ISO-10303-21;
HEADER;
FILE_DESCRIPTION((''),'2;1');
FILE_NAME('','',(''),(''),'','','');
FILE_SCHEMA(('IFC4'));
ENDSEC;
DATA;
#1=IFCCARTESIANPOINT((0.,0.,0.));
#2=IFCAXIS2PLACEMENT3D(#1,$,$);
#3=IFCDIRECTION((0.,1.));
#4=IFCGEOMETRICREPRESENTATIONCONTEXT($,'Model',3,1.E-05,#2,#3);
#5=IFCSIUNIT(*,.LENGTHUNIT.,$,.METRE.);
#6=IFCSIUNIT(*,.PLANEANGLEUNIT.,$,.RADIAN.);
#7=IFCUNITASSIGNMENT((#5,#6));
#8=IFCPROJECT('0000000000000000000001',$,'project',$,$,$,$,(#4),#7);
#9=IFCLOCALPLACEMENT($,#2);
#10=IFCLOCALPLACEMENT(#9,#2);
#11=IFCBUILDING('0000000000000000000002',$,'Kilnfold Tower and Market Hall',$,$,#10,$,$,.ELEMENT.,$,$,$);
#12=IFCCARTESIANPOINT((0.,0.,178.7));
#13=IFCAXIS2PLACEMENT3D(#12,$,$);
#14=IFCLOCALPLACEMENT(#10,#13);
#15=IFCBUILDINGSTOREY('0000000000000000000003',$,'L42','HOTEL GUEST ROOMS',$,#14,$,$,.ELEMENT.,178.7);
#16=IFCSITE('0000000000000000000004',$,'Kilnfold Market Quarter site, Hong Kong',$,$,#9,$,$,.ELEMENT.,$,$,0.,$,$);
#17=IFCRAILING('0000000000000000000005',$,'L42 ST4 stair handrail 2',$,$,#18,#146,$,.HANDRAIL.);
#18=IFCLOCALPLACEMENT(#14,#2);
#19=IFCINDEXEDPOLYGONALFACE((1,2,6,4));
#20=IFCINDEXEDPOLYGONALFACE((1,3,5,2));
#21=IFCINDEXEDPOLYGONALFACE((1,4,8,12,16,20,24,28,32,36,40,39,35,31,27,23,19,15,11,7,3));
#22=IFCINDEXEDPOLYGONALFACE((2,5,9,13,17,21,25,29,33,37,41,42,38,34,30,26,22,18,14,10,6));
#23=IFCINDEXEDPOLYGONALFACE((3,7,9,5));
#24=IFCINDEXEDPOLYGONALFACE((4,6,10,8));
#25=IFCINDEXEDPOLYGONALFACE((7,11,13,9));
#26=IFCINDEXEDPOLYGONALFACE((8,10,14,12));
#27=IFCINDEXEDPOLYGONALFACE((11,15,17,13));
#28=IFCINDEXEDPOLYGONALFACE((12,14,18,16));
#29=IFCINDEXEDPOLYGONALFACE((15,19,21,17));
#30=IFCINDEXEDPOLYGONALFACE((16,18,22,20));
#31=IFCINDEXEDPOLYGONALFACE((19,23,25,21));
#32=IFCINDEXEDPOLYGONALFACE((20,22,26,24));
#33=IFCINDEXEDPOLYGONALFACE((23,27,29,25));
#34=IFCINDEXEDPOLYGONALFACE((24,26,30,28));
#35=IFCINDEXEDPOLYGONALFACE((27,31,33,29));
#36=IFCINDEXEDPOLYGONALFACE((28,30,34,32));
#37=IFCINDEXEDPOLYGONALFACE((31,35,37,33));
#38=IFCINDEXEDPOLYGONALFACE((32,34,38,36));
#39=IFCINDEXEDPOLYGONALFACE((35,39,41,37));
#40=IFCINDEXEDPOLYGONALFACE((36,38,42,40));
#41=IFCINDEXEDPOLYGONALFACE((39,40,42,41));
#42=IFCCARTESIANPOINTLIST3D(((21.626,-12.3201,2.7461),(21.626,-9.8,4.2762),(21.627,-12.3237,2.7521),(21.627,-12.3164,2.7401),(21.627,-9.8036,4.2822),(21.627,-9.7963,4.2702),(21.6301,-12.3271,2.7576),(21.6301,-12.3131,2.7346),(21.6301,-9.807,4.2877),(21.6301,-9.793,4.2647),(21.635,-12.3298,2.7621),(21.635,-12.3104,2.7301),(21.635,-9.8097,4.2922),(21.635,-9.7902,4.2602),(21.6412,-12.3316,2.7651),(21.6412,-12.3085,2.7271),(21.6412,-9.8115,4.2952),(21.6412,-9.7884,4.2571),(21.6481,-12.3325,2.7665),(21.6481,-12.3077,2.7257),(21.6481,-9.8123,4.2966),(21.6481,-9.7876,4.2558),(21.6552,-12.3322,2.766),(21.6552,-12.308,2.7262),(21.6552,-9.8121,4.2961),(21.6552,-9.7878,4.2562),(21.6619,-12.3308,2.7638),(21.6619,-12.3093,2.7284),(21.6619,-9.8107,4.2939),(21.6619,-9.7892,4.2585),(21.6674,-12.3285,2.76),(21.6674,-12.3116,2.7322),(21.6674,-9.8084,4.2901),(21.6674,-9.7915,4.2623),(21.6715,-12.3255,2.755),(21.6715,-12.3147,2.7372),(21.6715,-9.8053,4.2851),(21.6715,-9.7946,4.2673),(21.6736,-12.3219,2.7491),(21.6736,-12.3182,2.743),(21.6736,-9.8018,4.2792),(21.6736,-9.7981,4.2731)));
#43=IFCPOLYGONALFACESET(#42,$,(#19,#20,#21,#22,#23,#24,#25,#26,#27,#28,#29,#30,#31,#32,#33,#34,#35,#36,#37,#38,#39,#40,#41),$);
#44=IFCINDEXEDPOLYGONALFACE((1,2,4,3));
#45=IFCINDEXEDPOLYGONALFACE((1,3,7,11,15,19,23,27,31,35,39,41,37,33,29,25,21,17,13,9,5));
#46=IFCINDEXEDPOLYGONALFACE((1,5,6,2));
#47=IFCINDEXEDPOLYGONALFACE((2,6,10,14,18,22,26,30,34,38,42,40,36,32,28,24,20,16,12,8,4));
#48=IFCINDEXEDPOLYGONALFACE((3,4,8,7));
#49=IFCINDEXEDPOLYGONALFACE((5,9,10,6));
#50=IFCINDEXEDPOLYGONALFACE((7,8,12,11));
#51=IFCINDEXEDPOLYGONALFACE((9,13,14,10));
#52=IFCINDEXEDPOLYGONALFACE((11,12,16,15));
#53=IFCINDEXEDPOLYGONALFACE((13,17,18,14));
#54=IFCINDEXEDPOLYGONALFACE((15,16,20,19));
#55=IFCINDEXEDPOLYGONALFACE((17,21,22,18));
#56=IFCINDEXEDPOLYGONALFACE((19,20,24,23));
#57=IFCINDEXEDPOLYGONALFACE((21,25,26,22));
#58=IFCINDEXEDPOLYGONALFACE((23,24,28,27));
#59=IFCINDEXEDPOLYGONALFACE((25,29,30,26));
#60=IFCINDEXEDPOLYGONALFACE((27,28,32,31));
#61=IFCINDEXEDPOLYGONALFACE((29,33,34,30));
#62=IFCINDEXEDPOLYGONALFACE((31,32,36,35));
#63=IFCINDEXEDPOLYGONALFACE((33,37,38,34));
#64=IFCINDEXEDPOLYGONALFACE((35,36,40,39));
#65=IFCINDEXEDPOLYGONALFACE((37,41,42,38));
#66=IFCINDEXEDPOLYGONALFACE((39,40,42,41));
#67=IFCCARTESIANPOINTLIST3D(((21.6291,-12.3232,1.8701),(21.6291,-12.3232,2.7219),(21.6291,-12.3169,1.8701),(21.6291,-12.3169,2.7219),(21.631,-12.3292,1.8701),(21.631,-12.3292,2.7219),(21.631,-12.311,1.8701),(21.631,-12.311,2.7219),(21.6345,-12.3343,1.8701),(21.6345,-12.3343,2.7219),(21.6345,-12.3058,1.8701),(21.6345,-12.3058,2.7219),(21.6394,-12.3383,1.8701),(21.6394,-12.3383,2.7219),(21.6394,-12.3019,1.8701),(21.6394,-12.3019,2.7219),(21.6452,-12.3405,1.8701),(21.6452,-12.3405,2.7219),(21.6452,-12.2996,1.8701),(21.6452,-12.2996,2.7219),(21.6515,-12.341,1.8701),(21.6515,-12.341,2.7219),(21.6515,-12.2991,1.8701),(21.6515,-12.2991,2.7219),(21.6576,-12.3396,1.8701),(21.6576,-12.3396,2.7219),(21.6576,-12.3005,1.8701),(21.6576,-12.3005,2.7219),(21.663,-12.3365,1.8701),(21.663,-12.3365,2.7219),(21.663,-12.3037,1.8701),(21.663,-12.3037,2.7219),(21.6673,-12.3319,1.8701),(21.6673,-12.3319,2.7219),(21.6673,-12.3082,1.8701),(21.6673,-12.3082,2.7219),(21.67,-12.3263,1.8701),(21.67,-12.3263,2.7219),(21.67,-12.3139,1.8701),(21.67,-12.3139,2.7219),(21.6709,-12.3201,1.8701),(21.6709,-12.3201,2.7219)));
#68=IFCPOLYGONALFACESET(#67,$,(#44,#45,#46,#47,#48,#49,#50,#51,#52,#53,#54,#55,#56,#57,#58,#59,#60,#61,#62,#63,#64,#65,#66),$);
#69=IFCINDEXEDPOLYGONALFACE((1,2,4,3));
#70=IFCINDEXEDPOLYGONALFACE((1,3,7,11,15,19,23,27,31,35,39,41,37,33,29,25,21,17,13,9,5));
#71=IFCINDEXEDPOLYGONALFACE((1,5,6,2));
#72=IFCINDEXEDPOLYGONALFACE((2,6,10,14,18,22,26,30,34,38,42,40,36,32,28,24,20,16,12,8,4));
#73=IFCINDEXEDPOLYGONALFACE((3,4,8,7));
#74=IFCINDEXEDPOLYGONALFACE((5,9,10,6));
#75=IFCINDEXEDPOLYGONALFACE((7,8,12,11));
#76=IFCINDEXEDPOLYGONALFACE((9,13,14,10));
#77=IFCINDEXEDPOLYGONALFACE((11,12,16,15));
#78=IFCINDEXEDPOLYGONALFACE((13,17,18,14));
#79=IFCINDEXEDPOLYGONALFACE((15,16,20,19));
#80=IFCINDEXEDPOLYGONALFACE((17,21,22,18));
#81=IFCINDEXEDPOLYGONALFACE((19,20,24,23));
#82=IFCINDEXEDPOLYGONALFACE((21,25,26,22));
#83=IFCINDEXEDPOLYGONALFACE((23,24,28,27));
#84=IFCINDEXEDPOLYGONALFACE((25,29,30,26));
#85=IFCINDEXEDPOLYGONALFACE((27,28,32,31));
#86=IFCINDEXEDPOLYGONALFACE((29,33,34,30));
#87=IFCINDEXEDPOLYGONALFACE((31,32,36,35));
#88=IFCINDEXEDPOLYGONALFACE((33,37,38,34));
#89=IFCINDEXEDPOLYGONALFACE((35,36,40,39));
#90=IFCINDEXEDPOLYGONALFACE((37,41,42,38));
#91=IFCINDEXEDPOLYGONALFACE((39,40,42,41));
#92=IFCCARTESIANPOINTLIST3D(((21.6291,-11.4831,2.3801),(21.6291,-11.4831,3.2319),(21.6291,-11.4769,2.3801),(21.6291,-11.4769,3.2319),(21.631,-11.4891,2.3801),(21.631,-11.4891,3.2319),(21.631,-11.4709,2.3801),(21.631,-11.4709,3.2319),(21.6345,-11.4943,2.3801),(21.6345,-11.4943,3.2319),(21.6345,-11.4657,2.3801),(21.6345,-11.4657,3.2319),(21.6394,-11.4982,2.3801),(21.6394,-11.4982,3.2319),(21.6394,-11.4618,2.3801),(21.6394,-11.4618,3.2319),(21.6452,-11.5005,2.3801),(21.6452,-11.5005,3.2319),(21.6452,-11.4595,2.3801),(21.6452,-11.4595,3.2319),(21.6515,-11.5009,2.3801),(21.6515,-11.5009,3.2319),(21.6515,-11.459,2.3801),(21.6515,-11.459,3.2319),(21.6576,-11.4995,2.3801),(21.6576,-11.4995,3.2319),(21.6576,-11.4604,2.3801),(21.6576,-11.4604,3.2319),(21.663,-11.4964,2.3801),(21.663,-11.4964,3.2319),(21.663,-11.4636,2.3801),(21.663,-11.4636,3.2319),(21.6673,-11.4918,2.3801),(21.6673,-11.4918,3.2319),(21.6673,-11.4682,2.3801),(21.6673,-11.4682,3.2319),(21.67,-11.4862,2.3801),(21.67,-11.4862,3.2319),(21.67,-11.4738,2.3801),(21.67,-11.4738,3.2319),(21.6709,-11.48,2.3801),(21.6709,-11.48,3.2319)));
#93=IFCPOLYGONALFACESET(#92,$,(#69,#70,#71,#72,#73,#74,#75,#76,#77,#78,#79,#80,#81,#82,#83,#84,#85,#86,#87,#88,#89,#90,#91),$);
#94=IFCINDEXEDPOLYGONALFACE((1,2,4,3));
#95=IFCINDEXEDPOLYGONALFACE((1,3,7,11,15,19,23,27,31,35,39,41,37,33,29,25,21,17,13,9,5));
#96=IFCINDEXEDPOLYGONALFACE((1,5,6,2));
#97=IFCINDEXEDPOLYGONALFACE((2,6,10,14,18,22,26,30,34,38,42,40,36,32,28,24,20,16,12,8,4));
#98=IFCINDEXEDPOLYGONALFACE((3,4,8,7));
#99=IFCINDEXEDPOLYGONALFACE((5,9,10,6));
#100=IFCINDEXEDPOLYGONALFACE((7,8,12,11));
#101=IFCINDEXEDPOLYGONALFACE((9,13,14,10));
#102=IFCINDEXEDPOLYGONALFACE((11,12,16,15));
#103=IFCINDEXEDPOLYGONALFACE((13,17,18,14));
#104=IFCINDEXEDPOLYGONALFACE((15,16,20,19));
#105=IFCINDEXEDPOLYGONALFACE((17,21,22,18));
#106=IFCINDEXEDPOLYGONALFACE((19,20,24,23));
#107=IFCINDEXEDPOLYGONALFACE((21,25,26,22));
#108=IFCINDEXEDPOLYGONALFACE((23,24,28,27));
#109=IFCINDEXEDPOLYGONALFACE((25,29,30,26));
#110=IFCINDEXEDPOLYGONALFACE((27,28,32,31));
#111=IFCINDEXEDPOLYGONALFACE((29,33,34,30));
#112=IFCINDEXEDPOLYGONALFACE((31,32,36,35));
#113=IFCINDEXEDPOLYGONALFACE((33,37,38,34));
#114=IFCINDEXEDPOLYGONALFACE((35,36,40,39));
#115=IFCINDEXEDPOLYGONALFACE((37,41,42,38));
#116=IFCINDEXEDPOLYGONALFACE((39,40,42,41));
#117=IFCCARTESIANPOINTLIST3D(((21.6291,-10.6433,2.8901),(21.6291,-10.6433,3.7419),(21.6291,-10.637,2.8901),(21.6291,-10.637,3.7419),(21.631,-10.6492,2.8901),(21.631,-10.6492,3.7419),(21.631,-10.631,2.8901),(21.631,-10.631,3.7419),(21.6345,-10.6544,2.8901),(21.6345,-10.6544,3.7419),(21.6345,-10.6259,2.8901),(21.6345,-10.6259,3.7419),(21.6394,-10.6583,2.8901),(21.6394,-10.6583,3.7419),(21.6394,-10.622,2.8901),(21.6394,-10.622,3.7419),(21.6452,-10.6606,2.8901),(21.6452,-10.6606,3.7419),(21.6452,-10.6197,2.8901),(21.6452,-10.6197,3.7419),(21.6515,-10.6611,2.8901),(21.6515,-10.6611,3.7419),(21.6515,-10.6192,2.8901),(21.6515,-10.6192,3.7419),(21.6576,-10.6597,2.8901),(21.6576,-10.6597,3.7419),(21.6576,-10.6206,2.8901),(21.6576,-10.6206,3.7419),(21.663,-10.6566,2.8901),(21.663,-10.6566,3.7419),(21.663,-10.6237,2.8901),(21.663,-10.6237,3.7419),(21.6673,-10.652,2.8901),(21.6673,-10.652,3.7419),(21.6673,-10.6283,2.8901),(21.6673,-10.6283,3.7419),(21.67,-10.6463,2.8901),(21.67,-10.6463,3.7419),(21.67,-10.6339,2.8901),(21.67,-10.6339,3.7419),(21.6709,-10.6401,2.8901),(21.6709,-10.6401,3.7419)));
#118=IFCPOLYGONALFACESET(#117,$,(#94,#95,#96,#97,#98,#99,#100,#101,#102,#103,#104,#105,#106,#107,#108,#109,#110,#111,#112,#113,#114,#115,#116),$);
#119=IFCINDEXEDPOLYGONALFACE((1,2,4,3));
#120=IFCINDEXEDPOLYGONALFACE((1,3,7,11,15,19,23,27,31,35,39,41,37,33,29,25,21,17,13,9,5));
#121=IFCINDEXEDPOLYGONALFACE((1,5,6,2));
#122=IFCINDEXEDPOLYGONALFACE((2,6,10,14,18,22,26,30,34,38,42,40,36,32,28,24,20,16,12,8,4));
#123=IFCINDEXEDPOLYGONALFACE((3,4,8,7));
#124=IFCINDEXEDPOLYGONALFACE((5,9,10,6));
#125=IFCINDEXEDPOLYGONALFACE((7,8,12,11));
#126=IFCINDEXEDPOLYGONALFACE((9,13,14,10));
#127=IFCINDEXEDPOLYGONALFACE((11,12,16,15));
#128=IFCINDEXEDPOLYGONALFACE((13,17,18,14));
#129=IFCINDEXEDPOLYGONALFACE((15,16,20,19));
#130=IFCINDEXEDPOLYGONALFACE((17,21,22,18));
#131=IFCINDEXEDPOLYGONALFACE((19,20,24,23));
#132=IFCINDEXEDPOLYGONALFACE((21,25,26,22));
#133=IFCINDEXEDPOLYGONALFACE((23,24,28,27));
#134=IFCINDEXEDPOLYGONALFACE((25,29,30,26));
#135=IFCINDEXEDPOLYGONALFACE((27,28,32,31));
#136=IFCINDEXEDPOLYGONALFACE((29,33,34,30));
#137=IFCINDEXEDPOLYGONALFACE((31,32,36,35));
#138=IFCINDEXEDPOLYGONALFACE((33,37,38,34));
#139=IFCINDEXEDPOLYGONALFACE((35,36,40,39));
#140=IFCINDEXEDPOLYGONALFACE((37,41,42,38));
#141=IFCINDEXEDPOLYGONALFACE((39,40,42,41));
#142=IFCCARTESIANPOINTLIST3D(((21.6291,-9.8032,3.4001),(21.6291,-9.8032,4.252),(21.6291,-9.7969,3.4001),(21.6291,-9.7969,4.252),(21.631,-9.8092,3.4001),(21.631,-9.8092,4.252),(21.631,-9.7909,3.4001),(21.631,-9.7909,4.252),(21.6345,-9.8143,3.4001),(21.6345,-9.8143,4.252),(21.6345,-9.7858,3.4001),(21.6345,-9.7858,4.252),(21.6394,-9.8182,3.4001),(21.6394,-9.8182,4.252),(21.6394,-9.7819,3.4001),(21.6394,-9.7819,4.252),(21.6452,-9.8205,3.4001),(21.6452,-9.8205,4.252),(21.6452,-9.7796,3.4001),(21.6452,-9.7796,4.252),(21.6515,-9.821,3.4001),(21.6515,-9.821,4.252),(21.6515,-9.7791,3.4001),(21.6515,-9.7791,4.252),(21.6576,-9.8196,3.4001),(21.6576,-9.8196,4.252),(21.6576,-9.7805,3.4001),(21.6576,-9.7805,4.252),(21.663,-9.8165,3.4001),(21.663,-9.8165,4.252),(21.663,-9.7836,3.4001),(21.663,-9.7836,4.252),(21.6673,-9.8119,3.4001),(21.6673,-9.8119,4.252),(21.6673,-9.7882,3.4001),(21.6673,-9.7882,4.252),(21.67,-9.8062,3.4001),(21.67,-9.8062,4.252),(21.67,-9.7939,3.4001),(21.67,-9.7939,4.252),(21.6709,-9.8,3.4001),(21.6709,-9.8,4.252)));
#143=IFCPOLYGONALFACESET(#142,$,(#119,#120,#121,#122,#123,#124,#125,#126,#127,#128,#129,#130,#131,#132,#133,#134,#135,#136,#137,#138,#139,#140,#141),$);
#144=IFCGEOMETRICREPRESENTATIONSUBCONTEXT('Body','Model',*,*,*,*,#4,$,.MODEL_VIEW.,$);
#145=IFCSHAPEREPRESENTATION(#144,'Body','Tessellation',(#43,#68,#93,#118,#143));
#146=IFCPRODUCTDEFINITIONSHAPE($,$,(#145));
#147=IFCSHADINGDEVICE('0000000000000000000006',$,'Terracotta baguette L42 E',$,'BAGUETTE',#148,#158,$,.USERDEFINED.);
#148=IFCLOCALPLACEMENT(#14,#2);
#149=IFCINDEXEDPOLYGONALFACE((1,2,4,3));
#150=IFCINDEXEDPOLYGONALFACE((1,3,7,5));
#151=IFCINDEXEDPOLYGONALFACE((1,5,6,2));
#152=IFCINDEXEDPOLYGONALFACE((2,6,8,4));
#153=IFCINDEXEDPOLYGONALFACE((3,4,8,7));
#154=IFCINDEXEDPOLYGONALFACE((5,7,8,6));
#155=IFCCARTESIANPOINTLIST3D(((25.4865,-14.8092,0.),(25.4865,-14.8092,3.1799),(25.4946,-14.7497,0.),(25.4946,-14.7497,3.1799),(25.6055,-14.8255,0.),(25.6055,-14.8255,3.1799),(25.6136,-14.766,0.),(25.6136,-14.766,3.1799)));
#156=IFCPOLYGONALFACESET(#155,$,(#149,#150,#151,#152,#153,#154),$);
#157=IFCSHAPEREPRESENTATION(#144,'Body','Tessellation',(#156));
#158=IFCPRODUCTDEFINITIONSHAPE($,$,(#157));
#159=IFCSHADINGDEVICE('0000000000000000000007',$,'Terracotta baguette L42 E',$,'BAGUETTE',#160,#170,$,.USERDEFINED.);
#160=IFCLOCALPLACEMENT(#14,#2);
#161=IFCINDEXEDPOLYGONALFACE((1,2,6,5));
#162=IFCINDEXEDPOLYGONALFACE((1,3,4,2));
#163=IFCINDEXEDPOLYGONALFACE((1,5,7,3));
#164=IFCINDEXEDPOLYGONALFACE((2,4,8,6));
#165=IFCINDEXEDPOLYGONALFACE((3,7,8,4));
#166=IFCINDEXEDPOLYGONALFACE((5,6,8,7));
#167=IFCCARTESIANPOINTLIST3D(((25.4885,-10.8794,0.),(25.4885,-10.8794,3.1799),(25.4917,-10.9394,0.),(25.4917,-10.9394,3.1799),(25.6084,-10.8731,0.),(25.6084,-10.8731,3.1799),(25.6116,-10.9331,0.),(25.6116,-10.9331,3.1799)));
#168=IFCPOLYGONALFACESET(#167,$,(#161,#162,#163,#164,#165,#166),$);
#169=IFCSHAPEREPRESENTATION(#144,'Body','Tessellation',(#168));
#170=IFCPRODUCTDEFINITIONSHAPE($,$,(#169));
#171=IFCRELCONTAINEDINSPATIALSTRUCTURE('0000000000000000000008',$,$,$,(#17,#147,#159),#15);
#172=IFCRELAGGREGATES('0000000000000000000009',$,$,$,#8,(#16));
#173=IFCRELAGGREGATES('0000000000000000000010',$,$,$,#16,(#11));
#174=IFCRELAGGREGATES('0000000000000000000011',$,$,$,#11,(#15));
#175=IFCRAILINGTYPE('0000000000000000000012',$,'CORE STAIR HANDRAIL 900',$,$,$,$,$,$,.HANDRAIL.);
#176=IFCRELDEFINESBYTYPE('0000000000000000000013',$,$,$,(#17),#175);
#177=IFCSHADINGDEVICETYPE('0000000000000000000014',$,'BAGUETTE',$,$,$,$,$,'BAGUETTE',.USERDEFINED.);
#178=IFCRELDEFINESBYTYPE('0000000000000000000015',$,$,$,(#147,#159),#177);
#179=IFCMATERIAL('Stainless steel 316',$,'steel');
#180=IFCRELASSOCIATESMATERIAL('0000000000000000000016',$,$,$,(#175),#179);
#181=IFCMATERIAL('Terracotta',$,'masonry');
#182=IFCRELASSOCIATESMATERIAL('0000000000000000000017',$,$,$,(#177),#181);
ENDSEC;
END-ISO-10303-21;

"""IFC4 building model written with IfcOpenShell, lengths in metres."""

from ifc_helpers import new_model, si_unit, direction, frame, origin, origin_2d, place, context, subcontext, project, spatial, rectangle, circle, extrude, source, transform, mapped, material, material_profile, profile_set, type_object, element, save


model = new_model("IFC4")

# Units and contexts
model_context = context("Model", 3, precision=1e-05, world=origin(), true_north=direction((0.0, 1.0)))
body_context = subcontext(model_context, "Body", "Model", "MODEL_VIEW")
ifc_project = project(units=[si_unit("LENGTHUNIT", "METRE"), si_unit("PLANEANGLEUNIT", "RADIAN")], contexts=[model_context])

# Site, building, storey
site_placement = place(None, origin())
site = spatial("IfcSite", under=ifc_project, at=site_placement, Name="Kilnfold Market Quarter site, Hong Kong", CompositionType="ELEMENT", RefElevation=0.0)
building_placement = place(site_placement, origin())
building = spatial("IfcBuilding", under=site, at=building_placement, Name="Kilnfold Tower and Market Hall", CompositionType="ELEMENT")
storey_placement = place(building_placement, frame((0.0, 0.0, 178.7)))
storey = spatial("IfcBuildingStorey", under=building, at=storey_placement, Name="L42", Description="HOTEL GUEST ROOMS", CompositionType="ELEMENT", Elevation=178.7)

# Railing
ifc_material_1 = material(Name="Stainless steel 316", Category="steel")
railing_type_1 = type_object("IfcRailingType", Name="CORE STAIR HANDRAIL 900", PredefinedType="HANDRAIL", material=ifc_material_1)
railing_1_placement = place(storey_placement, frame((21.6499, -12.3201, 1.8701)))
element("IfcRailing", 1, at=railing_1_placement, inside=storey, type_object=railing_type_1, Name="L42 ST4 stair handrail 2", PredefinedType="HANDRAIL", context=body_context, shape_type="SweptSolid", body=[
    extrude(circle(Radius=0.0239, at=origin_2d()), frame((0.0, 0.0, 0.876), z_axis=(0.0, 0.854785, 0.518982), x_axis=(-1.0, 0.0, 0.0)), (0.0, 0.0, 1.0), 2.9482),
    extrude(circle(Radius=0.021, at=origin_2d()), origin(), (0.0, 0.0, 1.0), 0.8518),
    extrude(circle(Radius=0.021, at=origin_2d()), frame((0.0, 0.8401, 0.51)), (0.0, 0.0, 1.0), 0.8518),
    extrude(circle(Radius=0.021, at=origin_2d()), frame((0.0, 1.6799, 1.02)), (0.0, 0.0, 1.0), 0.8518),
    extrude(circle(Radius=0.021, at=origin_2d()), frame((0.0, 2.52, 1.53)), (0.0, 0.0, 1.0), 0.8518),
])

# Shading devices
ifc_material_2 = material(Name="Terracotta", Category="masonry")
ifc_material_profile_1 = material_profile(ifc_material_2, rectangle(XDim=0.0601, YDim=0.1201, at=origin_2d()), Name="BAG 60x120")
ifc_profile_set_1 = profile_set([ifc_material_profile_1], Name="Terracotta")
shading_device_type = type_object("IfcShadingDeviceType", Name="BAGUETTE", ElementType="BAGUETTE", PredefinedType="USERDEFINED", material=ifc_profile_set_1)
shared_shape_1 = source(origin(), body_context, "Body", "SweptSolid", [
    extrude(rectangle(XDim=0.0601, YDim=0.1201, at=origin_2d()), origin(), (0.0, 0.0, 1.0), 3.1799),
])
for number, where, z_axis, x_axis, name in (
    (2, (25.55, -14.7876, 0.0), (0.0, 0.0, 1.0), (0.135973, 0.990713, 0.0), "Terracotta baguette L42 E"),
    (3, (25.55, -10.9062, 0.0), (0.0, 0.0, 1.0), (-0.052629, 0.998614, 0.0), "Terracotta baguette L42 E"),
):
    element("IfcShadingDevice", number, at=place(storey_placement, frame(where, z_axis=z_axis, x_axis=x_axis)), inside=storey, type_object=shading_device_type, Name=name, ObjectType="BAGUETTE", PredefinedType="USERDEFINED", context=body_context, shape_type="MappedRepresentation", body=[
        mapped(shared_shape_1, transform((0.0, 0.0, 0.0))),
    ])

save(model, "model.ifc")
